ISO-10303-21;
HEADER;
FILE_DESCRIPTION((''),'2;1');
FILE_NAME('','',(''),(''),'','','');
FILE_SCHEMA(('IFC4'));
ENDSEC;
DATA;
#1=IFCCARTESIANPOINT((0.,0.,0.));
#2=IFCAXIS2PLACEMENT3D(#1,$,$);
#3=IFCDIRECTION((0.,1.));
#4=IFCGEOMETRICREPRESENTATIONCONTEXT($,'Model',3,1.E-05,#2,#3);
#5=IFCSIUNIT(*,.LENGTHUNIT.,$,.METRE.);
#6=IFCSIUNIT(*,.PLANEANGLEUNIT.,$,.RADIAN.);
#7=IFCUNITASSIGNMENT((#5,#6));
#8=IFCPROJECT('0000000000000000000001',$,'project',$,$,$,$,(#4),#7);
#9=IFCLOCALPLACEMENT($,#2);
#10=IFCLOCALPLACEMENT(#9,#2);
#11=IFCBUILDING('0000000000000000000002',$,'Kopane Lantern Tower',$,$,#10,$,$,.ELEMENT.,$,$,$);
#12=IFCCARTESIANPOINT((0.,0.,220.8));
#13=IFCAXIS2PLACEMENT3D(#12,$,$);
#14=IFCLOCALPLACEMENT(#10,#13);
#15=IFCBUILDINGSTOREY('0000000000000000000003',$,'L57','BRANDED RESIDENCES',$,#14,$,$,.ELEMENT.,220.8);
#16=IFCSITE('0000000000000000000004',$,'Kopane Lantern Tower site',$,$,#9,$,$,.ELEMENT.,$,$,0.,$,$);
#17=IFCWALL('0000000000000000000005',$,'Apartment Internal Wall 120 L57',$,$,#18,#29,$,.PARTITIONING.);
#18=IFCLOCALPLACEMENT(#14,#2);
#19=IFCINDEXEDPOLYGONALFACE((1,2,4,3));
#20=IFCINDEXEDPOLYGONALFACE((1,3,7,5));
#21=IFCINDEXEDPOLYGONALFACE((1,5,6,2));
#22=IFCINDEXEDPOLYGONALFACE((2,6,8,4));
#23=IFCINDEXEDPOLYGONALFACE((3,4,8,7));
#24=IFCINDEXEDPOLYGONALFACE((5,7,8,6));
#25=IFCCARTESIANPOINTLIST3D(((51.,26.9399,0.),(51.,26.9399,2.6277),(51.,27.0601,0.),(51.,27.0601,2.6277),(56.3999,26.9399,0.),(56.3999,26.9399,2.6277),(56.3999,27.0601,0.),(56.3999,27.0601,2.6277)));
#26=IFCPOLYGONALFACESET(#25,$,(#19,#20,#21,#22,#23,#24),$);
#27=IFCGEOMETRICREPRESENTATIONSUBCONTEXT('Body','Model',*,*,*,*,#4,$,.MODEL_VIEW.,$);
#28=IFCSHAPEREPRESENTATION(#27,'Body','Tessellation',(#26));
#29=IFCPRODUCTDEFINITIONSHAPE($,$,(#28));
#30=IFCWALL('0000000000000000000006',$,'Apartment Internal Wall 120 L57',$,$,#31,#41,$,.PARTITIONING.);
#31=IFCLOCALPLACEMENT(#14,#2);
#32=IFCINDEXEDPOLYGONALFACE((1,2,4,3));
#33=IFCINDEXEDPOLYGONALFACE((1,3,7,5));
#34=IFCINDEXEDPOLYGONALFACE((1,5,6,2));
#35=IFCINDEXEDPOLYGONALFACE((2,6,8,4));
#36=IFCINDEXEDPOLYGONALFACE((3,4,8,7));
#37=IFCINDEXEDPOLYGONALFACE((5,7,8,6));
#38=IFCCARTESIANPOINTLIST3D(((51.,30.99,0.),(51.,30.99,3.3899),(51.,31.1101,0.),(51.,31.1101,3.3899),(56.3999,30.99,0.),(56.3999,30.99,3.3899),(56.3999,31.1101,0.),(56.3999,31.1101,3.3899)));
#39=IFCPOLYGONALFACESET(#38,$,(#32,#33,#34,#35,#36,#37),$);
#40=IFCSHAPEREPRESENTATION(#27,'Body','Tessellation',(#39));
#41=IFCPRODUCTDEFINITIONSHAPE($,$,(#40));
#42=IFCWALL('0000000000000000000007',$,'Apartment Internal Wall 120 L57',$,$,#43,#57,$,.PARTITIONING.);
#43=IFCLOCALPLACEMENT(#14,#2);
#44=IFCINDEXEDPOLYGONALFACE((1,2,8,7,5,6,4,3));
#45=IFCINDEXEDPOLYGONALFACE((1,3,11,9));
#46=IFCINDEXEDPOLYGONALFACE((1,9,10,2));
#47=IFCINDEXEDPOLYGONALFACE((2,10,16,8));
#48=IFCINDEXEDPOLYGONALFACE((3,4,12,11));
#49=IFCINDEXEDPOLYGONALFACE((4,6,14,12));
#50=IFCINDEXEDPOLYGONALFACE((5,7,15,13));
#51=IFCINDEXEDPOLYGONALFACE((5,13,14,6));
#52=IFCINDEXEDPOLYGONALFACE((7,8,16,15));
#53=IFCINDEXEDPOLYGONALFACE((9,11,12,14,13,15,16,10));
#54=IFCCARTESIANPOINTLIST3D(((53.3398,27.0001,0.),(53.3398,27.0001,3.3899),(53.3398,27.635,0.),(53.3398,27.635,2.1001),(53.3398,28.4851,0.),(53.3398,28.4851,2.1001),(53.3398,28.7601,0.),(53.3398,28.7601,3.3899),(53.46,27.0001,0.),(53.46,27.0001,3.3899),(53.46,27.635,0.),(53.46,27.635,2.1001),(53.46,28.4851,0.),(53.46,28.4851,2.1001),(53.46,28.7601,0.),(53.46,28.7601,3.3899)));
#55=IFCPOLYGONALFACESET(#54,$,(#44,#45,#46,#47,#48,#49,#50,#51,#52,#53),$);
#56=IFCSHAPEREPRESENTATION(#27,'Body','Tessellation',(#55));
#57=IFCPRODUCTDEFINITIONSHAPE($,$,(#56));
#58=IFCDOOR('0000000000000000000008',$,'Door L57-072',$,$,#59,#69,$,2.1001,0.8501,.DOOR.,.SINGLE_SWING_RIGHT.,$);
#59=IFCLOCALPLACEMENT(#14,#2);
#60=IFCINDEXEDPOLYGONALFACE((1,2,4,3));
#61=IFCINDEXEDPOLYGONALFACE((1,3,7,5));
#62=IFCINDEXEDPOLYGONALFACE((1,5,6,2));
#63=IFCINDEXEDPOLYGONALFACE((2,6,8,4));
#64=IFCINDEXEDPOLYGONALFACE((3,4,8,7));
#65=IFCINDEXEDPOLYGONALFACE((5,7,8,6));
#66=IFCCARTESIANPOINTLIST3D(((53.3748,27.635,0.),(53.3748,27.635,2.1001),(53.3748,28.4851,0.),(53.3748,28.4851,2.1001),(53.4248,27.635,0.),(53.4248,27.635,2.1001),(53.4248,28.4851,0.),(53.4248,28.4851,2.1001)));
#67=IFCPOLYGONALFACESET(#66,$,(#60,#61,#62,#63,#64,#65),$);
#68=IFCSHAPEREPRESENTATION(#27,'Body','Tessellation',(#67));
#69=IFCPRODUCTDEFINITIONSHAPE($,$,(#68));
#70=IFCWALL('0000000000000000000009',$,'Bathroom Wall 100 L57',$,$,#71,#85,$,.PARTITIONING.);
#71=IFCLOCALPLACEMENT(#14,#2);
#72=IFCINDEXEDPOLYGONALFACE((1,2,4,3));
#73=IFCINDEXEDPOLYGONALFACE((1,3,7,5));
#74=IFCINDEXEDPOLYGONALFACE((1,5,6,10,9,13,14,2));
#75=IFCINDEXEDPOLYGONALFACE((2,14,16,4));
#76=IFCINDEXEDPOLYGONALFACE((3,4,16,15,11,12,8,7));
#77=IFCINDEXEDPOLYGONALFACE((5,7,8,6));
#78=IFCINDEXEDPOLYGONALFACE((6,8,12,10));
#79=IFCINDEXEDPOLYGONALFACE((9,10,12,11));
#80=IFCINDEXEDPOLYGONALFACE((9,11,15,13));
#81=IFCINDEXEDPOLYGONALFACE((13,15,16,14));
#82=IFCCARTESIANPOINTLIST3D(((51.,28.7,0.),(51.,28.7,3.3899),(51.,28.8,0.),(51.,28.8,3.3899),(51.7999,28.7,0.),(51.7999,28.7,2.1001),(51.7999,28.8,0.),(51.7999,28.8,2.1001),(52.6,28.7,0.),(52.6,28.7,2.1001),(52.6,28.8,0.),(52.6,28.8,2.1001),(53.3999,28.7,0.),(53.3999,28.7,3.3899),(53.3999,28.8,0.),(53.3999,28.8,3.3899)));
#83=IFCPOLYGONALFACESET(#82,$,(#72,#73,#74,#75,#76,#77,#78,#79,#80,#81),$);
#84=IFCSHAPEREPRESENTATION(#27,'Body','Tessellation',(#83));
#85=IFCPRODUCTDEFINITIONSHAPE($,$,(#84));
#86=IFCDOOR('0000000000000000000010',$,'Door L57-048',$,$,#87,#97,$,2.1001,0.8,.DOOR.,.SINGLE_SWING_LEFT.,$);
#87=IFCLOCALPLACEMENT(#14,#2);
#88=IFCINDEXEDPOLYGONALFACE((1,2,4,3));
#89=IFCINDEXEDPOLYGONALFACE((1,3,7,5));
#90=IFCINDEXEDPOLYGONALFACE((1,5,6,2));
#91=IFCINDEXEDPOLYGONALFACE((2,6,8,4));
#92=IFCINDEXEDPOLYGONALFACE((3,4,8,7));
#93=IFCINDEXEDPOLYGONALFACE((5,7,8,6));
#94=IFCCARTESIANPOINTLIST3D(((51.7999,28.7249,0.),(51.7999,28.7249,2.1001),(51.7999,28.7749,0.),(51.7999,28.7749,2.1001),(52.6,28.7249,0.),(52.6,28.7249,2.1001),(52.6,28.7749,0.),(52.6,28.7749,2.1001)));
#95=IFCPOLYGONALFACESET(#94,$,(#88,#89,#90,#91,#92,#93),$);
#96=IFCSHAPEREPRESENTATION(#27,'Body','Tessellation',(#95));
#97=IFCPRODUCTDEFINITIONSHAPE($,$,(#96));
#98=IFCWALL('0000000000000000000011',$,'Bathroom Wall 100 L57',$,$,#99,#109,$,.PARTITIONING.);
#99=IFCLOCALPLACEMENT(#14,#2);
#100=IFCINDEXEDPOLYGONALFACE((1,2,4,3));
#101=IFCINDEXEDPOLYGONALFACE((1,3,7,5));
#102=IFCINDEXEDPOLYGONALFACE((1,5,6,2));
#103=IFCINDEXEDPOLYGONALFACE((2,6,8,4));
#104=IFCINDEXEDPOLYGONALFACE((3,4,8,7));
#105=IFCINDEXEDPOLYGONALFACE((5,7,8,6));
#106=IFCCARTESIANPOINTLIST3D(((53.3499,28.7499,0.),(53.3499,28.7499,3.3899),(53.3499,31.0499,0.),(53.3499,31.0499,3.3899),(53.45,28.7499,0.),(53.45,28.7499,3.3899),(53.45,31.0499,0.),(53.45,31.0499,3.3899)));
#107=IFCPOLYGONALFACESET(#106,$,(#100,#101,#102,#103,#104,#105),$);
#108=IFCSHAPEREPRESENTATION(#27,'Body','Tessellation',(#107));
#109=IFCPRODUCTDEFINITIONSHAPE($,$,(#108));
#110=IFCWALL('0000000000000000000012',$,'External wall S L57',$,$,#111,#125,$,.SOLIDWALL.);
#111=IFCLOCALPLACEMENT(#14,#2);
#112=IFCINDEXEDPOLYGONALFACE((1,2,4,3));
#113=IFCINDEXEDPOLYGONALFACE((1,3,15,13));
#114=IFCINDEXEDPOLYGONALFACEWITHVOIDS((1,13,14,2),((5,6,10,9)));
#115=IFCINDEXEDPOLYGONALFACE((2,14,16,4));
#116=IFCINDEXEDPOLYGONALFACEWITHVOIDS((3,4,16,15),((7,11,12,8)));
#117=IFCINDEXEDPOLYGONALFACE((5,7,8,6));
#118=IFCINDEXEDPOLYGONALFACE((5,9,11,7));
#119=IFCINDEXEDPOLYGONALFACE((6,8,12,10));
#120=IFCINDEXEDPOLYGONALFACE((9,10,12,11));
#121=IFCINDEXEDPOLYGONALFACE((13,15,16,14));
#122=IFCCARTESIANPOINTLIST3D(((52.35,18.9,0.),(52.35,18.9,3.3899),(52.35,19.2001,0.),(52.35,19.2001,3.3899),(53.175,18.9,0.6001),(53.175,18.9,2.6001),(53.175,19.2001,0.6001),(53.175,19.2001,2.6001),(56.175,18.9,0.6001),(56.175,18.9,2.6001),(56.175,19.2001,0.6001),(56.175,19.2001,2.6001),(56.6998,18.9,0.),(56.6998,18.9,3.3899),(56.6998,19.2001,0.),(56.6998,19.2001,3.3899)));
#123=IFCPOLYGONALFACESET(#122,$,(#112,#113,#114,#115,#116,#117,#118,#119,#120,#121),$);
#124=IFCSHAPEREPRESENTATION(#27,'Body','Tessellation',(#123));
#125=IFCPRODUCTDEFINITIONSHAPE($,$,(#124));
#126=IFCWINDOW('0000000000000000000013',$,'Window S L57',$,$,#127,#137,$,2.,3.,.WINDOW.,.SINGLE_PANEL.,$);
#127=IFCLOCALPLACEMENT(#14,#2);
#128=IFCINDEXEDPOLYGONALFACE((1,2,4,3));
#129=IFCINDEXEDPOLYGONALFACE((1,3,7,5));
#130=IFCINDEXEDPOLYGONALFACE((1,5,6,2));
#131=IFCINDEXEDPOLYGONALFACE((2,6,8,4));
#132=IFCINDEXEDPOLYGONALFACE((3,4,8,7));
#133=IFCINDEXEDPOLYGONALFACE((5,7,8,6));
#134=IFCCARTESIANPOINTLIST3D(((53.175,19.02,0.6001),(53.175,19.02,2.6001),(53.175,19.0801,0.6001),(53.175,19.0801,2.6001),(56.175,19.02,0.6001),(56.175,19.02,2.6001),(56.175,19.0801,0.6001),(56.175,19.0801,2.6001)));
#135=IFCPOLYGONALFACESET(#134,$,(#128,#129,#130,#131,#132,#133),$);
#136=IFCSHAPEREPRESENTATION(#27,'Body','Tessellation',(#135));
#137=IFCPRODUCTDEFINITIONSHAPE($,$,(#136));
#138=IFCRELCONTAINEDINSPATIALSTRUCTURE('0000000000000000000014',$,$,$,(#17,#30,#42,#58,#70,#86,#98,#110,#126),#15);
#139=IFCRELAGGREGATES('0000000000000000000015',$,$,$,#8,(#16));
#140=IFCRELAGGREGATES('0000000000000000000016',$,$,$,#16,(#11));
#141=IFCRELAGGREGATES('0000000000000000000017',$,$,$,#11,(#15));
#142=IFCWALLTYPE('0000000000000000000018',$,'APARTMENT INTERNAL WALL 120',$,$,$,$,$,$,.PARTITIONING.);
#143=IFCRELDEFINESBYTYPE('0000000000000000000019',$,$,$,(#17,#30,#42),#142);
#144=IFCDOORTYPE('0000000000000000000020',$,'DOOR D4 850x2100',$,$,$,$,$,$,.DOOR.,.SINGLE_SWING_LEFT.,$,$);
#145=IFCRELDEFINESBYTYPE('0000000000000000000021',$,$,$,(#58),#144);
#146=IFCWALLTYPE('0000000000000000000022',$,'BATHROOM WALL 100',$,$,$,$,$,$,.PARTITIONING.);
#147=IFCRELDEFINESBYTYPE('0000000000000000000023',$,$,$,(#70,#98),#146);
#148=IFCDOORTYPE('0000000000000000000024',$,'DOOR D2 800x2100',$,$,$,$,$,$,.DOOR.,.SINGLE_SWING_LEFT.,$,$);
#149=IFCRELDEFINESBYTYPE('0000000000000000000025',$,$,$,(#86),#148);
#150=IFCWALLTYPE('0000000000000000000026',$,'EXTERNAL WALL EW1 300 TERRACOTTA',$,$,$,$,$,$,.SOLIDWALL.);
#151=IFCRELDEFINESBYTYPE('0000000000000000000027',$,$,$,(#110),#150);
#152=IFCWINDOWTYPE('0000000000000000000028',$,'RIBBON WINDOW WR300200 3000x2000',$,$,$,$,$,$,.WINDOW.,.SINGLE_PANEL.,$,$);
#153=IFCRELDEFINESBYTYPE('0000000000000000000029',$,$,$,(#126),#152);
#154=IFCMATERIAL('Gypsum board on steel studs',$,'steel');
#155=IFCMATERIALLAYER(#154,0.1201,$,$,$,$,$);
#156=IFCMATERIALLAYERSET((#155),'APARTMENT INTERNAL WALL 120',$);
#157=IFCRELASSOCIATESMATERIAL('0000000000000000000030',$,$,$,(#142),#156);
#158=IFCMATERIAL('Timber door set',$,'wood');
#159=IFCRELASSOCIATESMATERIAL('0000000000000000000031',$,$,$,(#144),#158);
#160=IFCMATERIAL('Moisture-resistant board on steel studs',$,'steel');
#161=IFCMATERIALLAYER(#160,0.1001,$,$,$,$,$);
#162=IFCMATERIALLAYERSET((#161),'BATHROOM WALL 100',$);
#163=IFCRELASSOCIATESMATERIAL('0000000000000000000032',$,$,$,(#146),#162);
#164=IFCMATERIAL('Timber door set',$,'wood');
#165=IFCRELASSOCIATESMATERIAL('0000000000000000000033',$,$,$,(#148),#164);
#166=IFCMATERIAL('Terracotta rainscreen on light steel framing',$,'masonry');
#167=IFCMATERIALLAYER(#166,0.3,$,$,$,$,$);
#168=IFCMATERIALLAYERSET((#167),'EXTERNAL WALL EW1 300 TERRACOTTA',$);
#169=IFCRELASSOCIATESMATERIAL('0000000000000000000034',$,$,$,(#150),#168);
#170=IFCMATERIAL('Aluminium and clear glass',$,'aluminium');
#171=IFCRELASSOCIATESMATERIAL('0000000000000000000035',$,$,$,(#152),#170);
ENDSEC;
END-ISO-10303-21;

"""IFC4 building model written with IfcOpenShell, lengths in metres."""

from ifc_helpers import new_model, si_unit, direction, frame, frame_2d, origin, place, context, subcontext, project, spatial, rectangle, extrude, material, layer, layer_set, type_object, element, fill, save


model = new_model("IFC4")

# Units and contexts
model_context = context("Model", 3, precision=1e-05, world=origin(), true_north=direction((0.0, 1.0)))
body_context = subcontext(model_context, "Body", "Model", "MODEL_VIEW")
ifc_project = project(units=[si_unit("LENGTHUNIT", "METRE"), si_unit("PLANEANGLEUNIT", "RADIAN")], contexts=[model_context])

# Site, building, storey
site_placement = place(None, origin())
site = spatial("IfcSite", under=ifc_project, at=site_placement, Name="Kopane Lantern Tower site", CompositionType="ELEMENT", RefElevation=0.0)
building_placement = place(site_placement, origin())
building = spatial("IfcBuilding", under=site, at=building_placement, Name="Kopane Lantern Tower", CompositionType="ELEMENT")
storey_placement = place(building_placement, frame((0.0, 0.0, 220.8)))
storey = spatial("IfcBuildingStorey", under=building, at=storey_placement, Name="L57", Description="BRANDED RESIDENCES", CompositionType="ELEMENT", Elevation=220.8)

# Walls
ifc_material_1 = material(Name="Gypsum board on steel studs", Category="steel")
ifc_layer_1 = layer(ifc_material_1, 0.1201)
ifc_layer_set_1 = layer_set([ifc_layer_1], Name="APARTMENT INTERNAL WALL 120")
wall_type_1 = type_object("IfcWallType", Name="APARTMENT INTERNAL WALL 120", PredefinedType="PARTITIONING", material=ifc_layer_set_1)
wall_1_placement = place(storey_placement, frame((51.0, 27.0, 0.0), z_axis=(0.0, 0.0, 1.0), x_axis=(1.0, 0.0, 0.0)))
element("IfcWall", 1, at=wall_1_placement, inside=storey, type_object=wall_type_1, Name="Apartment Internal Wall 120 L57", PredefinedType="PARTITIONING", context=body_context, shape_type="SweptSolid", body=[
    extrude(rectangle(XDim=5.3999, YDim=0.1201, at=frame_2d((2.7, 0.0))), origin(), (0.0, 0.0, 1.0), 2.6277),
])
wall_2_placement = place(storey_placement, frame((51.0, 31.05, 0.0), z_axis=(0.0, 0.0, 1.0), x_axis=(1.0, 0.0, 0.0)))
element("IfcWall", 2, at=wall_2_placement, inside=storey, type_object=wall_type_1, Name="Apartment Internal Wall 120 L57", PredefinedType="PARTITIONING", context=body_context, shape_type="SweptSolid", body=[
    extrude(rectangle(XDim=5.3999, YDim=0.1201, at=frame_2d((2.7, 0.0))), origin(), (0.0, 0.0, 1.0), 3.3899),
])

# Walls, openings, doors
wall_3_placement = place(storey_placement, frame((53.3999, 28.76, 0.0), z_axis=(0.0, 0.0, 1.0), x_axis=(0.0, -1.0, 0.0)))
wall_3 = element("IfcWall", 3, at=wall_3_placement, inside=storey, type_object=wall_type_1, Name="Apartment Internal Wall 120 L57", PredefinedType="PARTITIONING", context=body_context, shape_type="SweptSolid", body=[
    extrude(rectangle(XDim=1.76, YDim=0.1201, at=frame_2d((0.8799, 0.0))), origin(), (0.0, 0.0, 1.0), 3.3899),
])
opening_1_placement = place(wall_3_placement, frame((0.2749, 0.0, 0.0)))
opening_1 = element("IfcOpeningElement", 4, at=opening_1_placement, cuts=wall_3, PredefinedType="OPENING", context=body_context, shape_type="SweptSolid", body=[
    extrude(rectangle(XDim=0.8501, YDim=2.1001, at=frame_2d((0.425, 1.05))), frame((0.0, 0.0701, 0.0), z_axis=(0.0, -1.0, 0.0), x_axis=(1.0, 0.0, 0.0)), (0.0, 0.0, 1.0), 0.1401),
])
ifc_material_2 = material(Name="Timber door set", Category="wood")
door_type_1 = type_object("IfcDoorType", Name="DOOR D4 850x2100", OperationType="SINGLE_SWING_LEFT", PredefinedType="DOOR", material=ifc_material_2)
door_1_placement = place(opening_1_placement, origin())
door_1 = element("IfcDoor", 5, at=door_1_placement, inside=storey, type_object=door_type_1, Name="Door L57-072", OperationType="SINGLE_SWING_RIGHT", OverallHeight=2.1001, OverallWidth=0.8501, PredefinedType="DOOR", context=body_context, shape_type="SweptSolid", body=[
    extrude(rectangle(XDim=0.8501, YDim=2.1001, at=frame_2d((0.425, 1.05))), frame((0.0, 0.0249, 0.0), z_axis=(0.0, -1.0, 0.0), x_axis=(1.0, 0.0, 0.0)), (0.0, 0.0, 1.0), 0.05),
])
fill(opening_1, door_1)
ifc_material_3 = material(Name="Moisture-resistant board on steel studs", Category="steel")
ifc_layer_2 = layer(ifc_material_3, 0.1001)
ifc_layer_set_2 = layer_set([ifc_layer_2], Name="BATHROOM WALL 100")
wall_type_2 = type_object("IfcWallType", Name="BATHROOM WALL 100", PredefinedType="PARTITIONING", material=ifc_layer_set_2)
wall_4_placement = place(storey_placement, frame((51.0, 28.75, 0.0), z_axis=(0.0, 0.0, 1.0), x_axis=(1.0, 0.0, 0.0)))
wall_4 = element("IfcWall", 6, at=wall_4_placement, inside=storey, type_object=wall_type_2, Name="Bathroom Wall 100 L57", PredefinedType="PARTITIONING", context=body_context, shape_type="SweptSolid", body=[
    extrude(rectangle(XDim=2.3999, YDim=0.1001, at=frame_2d((1.2, 0.0))), origin(), (0.0, 0.0, 1.0), 3.3899),
])
opening_2_placement = place(wall_4_placement, frame((0.8, 0.0, 0.0)))
opening_2 = element("IfcOpeningElement", 7, at=opening_2_placement, cuts=wall_4, PredefinedType="OPENING", context=body_context, shape_type="SweptSolid", body=[
    extrude(rectangle(XDim=0.8, YDim=2.1001, at=frame_2d((0.3999, 1.05))), frame((0.0, 0.0601, 0.0), z_axis=(0.0, -1.0, 0.0), x_axis=(1.0, 0.0, 0.0)), (0.0, 0.0, 1.0), 0.1201),
])
ifc_material_4 = material(Name="Timber door set", Category="wood")
door_type_2 = type_object("IfcDoorType", Name="DOOR D2 800x2100", OperationType="SINGLE_SWING_LEFT", PredefinedType="DOOR", material=ifc_material_4)
door_2_placement = place(opening_2_placement, origin())
door_2 = element("IfcDoor", 8, at=door_2_placement, inside=storey, type_object=door_type_2, Name="Door L57-048", OperationType="SINGLE_SWING_LEFT", OverallHeight=2.1001, OverallWidth=0.8, PredefinedType="DOOR", context=body_context, shape_type="SweptSolid", body=[
    extrude(rectangle(XDim=0.8, YDim=2.1001, at=frame_2d((0.3999, 1.05))), frame((0.0, 0.0249, 0.0), z_axis=(0.0, -1.0, 0.0), x_axis=(1.0, 0.0, 0.0)), (0.0, 0.0, 1.0), 0.05),
])
fill(opening_2, door_2)

# Wall
wall_5_placement = place(storey_placement, frame((53.3999, 28.75, 0.0), z_axis=(0.0, 0.0, 1.0), x_axis=(0.0, 1.0, 0.0)))
element("IfcWall", 9, at=wall_5_placement, inside=storey, type_object=wall_type_2, Name="Bathroom Wall 100 L57", PredefinedType="PARTITIONING", context=body_context, shape_type="SweptSolid", body=[
    extrude(rectangle(XDim=2.3, YDim=0.1001, at=frame_2d((1.1499, 0.0))), origin(), (0.0, 0.0, 1.0), 3.3899),
])

# Wall, opening, window
ifc_material_5 = material(Name="Terracotta rainscreen on light steel framing", Category="masonry")
ifc_layer_3 = layer(ifc_material_5, 0.3)
ifc_layer_set_3 = layer_set([ifc_layer_3], Name="EXTERNAL WALL EW1 300 TERRACOTTA")
wall_type_3 = type_object("IfcWallType", Name="EXTERNAL WALL EW1 300 TERRACOTTA", PredefinedType="SOLIDWALL", material=ifc_layer_set_3)
wall_6_placement = place(storey_placement, frame((52.3501, 19.05, 0.0), z_axis=(0.0, 0.0, 1.0), x_axis=(1.0, 0.0, 0.0)))
wall_6 = element("IfcWall", 10, at=wall_6_placement, inside=storey, type_object=wall_type_3, Name="External wall S L57", PredefinedType="SOLIDWALL", context=body_context, shape_type="SweptSolid", body=[
    extrude(rectangle(XDim=4.3499, YDim=0.3, at=frame_2d((2.1748, 0.0))), origin(), (0.0, 0.0, 1.0), 3.3899),
])
opening_3_placement = place(wall_6_placement, frame((0.825, 0.0, 0.6001)))
opening_3 = element("IfcOpeningElement", 11, at=opening_3_placement, cuts=wall_6, PredefinedType="OPENING", context=body_context, shape_type="SweptSolid", body=[
    extrude(rectangle(XDim=3.0, YDim=2.0, at=frame_2d((1.5, 1.0))), frame((0.0, 0.1599, 0.0), z_axis=(0.0, -1.0, 0.0), x_axis=(1.0, 0.0, 0.0)), (0.0, 0.0, 1.0), 0.3201),
])
ifc_material_6 = material(Name="Aluminium and clear glass", Category="aluminium")
window_type = type_object("IfcWindowType", Name="RIBBON WINDOW WR300200 3000x2000", PartitioningType="SINGLE_PANEL", PredefinedType="WINDOW", material=ifc_material_6)
window_1_placement = place(opening_3_placement, origin())
window_1 = element("IfcWindow", 12, at=window_1_placement, inside=storey, type_object=window_type, Name="Window S L57", OverallHeight=2.0, OverallWidth=3.0, PartitioningType="SINGLE_PANEL", PredefinedType="WINDOW", context=body_context, shape_type="SweptSolid", body=[
    extrude(rectangle(XDim=3.0, YDim=2.0, at=frame_2d((1.5, 1.0))), frame((0.0, 0.03, 0.0), z_axis=(0.0, -1.0, 0.0), x_axis=(1.0, 0.0, 0.0)), (0.0, 0.0, 1.0), 0.0601),
])
fill(opening_3, window_1)

save(model, "model.ifc")
